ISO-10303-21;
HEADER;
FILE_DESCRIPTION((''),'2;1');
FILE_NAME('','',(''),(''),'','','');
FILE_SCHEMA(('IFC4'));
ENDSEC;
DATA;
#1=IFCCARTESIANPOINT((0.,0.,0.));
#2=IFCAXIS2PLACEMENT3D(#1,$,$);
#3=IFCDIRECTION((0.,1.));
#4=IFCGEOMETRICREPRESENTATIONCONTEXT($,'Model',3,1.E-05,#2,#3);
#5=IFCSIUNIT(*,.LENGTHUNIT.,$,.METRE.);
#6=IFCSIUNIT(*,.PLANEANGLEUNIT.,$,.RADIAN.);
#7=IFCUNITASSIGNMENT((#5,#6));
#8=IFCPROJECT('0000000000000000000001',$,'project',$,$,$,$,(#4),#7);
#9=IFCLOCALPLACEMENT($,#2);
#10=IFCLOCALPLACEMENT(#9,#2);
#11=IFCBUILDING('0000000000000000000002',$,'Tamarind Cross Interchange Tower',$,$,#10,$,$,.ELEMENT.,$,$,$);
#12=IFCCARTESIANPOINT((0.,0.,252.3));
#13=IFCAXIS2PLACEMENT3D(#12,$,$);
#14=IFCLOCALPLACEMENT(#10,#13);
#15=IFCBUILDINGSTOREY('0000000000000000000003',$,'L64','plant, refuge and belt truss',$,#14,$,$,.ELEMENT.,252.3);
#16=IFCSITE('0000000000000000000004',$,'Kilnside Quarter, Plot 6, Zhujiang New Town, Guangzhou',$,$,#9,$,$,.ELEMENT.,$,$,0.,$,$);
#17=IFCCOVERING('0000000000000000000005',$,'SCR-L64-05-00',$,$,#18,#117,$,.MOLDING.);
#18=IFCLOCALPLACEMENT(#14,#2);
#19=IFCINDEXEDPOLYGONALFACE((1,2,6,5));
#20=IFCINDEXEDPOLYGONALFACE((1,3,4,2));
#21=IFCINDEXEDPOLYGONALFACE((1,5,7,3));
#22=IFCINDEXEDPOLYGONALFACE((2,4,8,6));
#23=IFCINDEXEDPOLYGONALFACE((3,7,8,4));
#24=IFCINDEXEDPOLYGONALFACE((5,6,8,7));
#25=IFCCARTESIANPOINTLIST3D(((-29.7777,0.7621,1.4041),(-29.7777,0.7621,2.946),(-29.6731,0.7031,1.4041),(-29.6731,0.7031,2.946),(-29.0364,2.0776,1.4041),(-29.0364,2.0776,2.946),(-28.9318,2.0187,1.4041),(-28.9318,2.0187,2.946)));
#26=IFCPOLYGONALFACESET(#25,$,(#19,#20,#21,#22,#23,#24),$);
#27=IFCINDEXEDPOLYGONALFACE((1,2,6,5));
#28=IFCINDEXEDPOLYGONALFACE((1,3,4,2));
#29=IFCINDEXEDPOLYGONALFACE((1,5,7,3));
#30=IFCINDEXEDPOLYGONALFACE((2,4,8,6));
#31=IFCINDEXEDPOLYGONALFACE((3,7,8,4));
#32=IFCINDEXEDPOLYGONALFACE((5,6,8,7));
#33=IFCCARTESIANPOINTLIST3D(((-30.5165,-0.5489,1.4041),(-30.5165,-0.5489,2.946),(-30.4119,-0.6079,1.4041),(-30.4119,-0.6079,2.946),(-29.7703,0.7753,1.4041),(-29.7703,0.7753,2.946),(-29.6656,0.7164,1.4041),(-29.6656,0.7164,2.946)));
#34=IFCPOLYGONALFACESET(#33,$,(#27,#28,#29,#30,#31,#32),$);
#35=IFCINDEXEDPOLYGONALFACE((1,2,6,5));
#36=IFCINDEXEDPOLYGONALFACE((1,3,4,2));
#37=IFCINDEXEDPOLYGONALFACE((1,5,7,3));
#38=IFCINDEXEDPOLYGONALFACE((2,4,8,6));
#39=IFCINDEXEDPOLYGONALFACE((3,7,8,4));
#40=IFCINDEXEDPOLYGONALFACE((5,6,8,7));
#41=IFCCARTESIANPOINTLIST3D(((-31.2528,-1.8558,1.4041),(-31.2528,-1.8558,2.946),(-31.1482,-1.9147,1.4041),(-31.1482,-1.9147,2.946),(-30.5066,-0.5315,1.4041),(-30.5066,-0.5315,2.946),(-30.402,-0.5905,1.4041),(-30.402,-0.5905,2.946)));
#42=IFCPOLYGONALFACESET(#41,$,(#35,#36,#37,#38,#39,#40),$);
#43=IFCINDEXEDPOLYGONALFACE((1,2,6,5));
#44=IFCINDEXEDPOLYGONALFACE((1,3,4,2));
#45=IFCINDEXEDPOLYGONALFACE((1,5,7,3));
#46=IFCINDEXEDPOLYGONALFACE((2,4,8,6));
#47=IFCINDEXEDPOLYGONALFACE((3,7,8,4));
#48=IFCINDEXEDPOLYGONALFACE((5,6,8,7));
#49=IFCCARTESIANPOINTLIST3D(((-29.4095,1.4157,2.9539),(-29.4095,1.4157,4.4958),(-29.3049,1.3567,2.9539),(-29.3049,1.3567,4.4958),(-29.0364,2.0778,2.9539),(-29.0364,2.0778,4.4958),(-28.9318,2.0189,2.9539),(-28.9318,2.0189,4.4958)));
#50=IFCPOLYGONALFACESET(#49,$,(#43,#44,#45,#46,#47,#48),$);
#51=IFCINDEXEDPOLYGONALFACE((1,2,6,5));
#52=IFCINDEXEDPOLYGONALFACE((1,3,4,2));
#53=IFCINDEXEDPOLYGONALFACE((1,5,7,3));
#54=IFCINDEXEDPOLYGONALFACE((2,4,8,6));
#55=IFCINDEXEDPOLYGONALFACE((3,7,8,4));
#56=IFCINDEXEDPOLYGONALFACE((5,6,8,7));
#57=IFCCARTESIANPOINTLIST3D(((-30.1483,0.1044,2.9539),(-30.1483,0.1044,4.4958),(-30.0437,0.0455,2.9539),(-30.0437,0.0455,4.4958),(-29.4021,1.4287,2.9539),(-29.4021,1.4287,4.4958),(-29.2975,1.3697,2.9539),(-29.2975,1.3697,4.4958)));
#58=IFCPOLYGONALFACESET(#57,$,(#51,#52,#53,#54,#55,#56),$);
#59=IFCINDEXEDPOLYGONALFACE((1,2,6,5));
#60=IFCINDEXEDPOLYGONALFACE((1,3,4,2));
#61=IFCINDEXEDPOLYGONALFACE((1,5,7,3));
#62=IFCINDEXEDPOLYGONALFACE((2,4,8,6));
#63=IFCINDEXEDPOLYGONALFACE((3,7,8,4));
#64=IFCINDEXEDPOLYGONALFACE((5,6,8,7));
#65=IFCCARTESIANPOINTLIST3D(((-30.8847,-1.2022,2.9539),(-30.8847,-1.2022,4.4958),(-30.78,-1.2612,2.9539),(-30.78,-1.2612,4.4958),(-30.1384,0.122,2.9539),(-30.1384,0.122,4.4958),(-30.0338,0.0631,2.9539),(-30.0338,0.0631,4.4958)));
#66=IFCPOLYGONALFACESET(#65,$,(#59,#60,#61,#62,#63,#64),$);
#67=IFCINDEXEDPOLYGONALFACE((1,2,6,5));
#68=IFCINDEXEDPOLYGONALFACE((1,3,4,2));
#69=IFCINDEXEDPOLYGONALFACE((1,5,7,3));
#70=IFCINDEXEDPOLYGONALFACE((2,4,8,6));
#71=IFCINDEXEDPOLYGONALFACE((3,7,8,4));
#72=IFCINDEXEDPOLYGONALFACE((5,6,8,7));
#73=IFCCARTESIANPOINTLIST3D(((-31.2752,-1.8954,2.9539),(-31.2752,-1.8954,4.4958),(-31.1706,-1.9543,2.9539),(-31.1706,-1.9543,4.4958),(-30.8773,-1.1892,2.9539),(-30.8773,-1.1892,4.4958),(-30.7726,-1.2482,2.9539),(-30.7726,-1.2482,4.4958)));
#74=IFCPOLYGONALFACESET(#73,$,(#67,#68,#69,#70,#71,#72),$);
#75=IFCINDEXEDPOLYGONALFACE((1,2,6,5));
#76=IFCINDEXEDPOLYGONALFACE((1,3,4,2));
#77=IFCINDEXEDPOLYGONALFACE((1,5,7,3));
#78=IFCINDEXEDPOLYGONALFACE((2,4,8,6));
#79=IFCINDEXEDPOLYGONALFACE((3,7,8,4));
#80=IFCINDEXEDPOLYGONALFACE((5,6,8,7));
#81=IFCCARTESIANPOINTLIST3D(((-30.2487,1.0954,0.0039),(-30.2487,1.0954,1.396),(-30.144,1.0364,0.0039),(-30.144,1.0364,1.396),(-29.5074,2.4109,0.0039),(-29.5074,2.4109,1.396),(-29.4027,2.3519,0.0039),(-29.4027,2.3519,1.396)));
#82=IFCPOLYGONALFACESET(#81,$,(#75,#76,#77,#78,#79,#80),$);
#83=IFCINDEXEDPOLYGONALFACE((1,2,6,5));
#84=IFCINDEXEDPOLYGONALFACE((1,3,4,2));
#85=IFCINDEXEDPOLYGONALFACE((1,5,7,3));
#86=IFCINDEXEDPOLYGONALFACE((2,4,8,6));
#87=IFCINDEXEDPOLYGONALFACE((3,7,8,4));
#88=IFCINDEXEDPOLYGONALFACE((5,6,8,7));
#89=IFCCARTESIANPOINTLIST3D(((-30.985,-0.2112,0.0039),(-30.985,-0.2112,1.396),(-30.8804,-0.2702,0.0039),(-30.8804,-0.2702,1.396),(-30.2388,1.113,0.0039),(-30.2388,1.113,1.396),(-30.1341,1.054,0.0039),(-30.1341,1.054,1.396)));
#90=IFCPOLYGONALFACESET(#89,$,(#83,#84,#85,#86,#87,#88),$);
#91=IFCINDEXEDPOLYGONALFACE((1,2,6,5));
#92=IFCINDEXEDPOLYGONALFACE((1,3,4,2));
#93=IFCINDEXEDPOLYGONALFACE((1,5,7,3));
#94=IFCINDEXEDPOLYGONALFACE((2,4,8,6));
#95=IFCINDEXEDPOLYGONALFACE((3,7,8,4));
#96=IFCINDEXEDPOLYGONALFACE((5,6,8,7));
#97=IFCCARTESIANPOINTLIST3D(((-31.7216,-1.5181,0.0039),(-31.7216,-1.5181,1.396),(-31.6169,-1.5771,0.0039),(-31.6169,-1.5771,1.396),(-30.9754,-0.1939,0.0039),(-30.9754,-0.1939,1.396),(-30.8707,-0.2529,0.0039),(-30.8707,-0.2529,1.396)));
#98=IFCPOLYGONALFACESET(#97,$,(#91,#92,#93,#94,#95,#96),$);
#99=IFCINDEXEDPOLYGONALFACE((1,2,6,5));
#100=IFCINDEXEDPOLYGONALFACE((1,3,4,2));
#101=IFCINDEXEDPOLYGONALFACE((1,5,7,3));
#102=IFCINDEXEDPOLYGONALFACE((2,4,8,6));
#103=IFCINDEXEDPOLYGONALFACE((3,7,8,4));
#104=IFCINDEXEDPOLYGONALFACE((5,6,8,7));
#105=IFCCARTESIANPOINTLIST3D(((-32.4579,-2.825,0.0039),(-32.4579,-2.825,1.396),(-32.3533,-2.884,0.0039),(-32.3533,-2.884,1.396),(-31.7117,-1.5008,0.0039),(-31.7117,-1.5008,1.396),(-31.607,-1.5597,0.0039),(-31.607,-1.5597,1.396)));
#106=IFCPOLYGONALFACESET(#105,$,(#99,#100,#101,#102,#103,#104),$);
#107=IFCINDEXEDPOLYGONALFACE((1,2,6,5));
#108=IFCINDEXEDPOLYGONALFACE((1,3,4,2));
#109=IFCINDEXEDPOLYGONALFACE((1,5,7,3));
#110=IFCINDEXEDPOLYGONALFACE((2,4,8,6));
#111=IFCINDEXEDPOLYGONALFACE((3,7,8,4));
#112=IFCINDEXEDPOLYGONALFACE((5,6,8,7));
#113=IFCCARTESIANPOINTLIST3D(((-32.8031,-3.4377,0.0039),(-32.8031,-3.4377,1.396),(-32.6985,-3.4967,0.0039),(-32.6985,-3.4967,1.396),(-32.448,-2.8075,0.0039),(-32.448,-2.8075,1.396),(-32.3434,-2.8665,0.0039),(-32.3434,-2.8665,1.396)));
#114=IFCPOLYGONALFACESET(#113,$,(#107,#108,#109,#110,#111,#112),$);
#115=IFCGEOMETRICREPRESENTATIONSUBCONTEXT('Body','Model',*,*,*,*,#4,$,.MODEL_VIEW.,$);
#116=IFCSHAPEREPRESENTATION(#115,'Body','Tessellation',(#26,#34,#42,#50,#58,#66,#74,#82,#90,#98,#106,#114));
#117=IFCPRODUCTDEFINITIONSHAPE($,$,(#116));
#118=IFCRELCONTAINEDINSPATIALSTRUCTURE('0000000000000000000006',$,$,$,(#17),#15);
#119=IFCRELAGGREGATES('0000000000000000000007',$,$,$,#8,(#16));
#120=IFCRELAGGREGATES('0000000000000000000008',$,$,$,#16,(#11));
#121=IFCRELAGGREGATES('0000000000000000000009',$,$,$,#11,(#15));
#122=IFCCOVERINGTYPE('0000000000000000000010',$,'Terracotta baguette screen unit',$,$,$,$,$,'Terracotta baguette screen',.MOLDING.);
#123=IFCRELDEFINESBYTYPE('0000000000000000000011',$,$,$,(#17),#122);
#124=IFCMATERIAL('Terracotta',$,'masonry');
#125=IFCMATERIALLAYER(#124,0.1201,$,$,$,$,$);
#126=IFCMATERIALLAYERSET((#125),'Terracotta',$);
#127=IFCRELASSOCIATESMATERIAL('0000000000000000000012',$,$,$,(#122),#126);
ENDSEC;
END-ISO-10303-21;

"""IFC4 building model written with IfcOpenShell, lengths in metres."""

from ifc_helpers import new_model, si_unit, direction, frame, origin, origin_2d, place, context, subcontext, project, spatial, rectangle, extrude, material, layer, layer_set, type_object, element, save


model = new_model("IFC4")

# Units and contexts
model_context = context("Model", 3, precision=1e-05, world=origin(), true_north=direction((0.0, 1.0)))
body_context = subcontext(model_context, "Body", "Model", "MODEL_VIEW")
ifc_project = project(units=[si_unit("LENGTHUNIT", "METRE"), si_unit("PLANEANGLEUNIT", "RADIAN")], contexts=[model_context])

# Site, building, storey
site_placement = place(None, origin())
site = spatial("IfcSite", under=ifc_project, at=site_placement, Name="Kilnside Quarter, Plot 6, Zhujiang New Town, Guangzhou", CompositionType="ELEMENT", RefElevation=0.0)
building_placement = place(site_placement, origin())
building = spatial("IfcBuilding", under=site, at=building_placement, Name="Tamarind Cross Interchange Tower", CompositionType="ELEMENT")
storey_placement = place(building_placement, frame((0.0, 0.0, 252.3)))
storey = spatial("IfcBuildingStorey", under=building, at=storey_placement, Name="L64", Description="plant, refuge and belt truss", CompositionType="ELEMENT", Elevation=252.3)

# Covering
ifc_material_1 = material(Name="Terracotta", Category="masonry")
ifc_layer_1 = layer(ifc_material_1, 0.1201)
ifc_layer_set_1 = layer_set([ifc_layer_1], Name="Terracotta")
covering_type = type_object("IfcCoveringType", Name="Terracotta baguette screen unit", ElementType="Terracotta baguette screen", PredefinedType="MOLDING", material=ifc_layer_set_1)
covering_1_placement = place(storey_placement, origin())
element("IfcCovering", 1, at=covering_1_placement, inside=storey, type_object=covering_type, Name="SCR-L64-05-00", PredefinedType="MOLDING", context=body_context, shape_type="SweptSolid", body=[
    extrude(rectangle(XDim=1.51, YDim=0.1201, at=origin_2d()), frame((-29.3547, 1.3904, 1.4041), z_axis=(0.0, 0.0, 1.0), x_axis=(-0.490928, -0.8712, 0.0)), (0.0, 0.0, 1.0), 1.542),
    extrude(rectangle(XDim=1.52, YDim=0.1201, at=origin_2d()), frame((-30.0911, 0.0837, 1.4041), z_axis=(0.0, 0.0, 1.0), x_axis=(-0.490928, -0.8712, 0.0)), (0.0, 0.0, 1.0), 1.542),
    extrude(rectangle(XDim=1.52, YDim=0.1201, at=origin_2d()), frame((-30.8274, -1.2231, 1.4041), z_axis=(0.0, 0.0, 1.0), x_axis=(-0.490928, -0.8712, 0.0)), (0.0, 0.0, 1.0), 1.542),
    extrude(rectangle(XDim=0.76, YDim=0.1201, at=origin_2d()), frame((-29.1707, 1.7173, 2.9539), z_axis=(0.0, 0.0, 1.0), x_axis=(-0.490928, -0.8712, 0.0)), (0.0, 0.0, 1.0), 1.542),
    extrude(rectangle(XDim=1.52, YDim=0.1201, at=origin_2d()), frame((-29.7229, 0.7371, 2.9539), z_axis=(0.0, 0.0, 1.0), x_axis=(-0.490928, -0.8712, 0.0)), (0.0, 0.0, 1.0), 1.542),
    extrude(rectangle(XDim=1.52, YDim=0.1201, at=origin_2d()), frame((-30.4592, -0.5696, 2.9539), z_axis=(0.0, 0.0, 1.0), x_axis=(-0.490928, -0.8712, 0.0)), (0.0, 0.0, 1.0), 1.542),
    extrude(rectangle(XDim=0.8105, YDim=0.1201, at=origin_2d()), frame((-31.0239, -1.5718, 2.9539), z_axis=(0.0, 0.0, 1.0), x_axis=(-0.490928, -0.8712, 0.0)), (0.0, 0.0, 1.0), 1.542),
    extrude(rectangle(XDim=1.51, YDim=0.1201, at=origin_2d()), frame((-29.8257, 1.7236, 0.0039), z_axis=(0.0, 0.0, 1.0), x_axis=(-0.490928, -0.8712, 0.0)), (0.0, 0.0, 1.0), 1.3921),
    extrude(rectangle(XDim=1.52, YDim=0.1201, at=origin_2d()), frame((-30.5596, 0.4214, 0.0039), z_axis=(0.0, 0.0, 1.0), x_axis=(-0.490928, -0.8712, 0.0)), (0.0, 0.0, 1.0), 1.3921),
    extrude(rectangle(XDim=1.52, YDim=0.1201, at=origin_2d()), frame((-31.2961, -0.8855, 0.0039), z_axis=(0.0, 0.0, 1.0), x_axis=(-0.490928, -0.8712, 0.0)), (0.0, 0.0, 1.0), 1.3921),
    extrude(rectangle(XDim=1.52, YDim=0.1201, at=origin_2d()), frame((-32.0325, -2.1924, 0.0039), z_axis=(0.0, 0.0, 1.0), x_axis=(-0.490928, -0.8712, 0.0)), (0.0, 0.0, 1.0), 1.3921),
    extrude(rectangle(XDim=0.7234, YDim=0.1201, at=origin_2d()), frame((-32.5732, -3.1521, 0.0039), z_axis=(0.0, 0.0, 1.0), x_axis=(-0.490928, -0.8712, 0.0)), (0.0, 0.0, 1.0), 1.3921),
])

save(model, "model.ifc")
